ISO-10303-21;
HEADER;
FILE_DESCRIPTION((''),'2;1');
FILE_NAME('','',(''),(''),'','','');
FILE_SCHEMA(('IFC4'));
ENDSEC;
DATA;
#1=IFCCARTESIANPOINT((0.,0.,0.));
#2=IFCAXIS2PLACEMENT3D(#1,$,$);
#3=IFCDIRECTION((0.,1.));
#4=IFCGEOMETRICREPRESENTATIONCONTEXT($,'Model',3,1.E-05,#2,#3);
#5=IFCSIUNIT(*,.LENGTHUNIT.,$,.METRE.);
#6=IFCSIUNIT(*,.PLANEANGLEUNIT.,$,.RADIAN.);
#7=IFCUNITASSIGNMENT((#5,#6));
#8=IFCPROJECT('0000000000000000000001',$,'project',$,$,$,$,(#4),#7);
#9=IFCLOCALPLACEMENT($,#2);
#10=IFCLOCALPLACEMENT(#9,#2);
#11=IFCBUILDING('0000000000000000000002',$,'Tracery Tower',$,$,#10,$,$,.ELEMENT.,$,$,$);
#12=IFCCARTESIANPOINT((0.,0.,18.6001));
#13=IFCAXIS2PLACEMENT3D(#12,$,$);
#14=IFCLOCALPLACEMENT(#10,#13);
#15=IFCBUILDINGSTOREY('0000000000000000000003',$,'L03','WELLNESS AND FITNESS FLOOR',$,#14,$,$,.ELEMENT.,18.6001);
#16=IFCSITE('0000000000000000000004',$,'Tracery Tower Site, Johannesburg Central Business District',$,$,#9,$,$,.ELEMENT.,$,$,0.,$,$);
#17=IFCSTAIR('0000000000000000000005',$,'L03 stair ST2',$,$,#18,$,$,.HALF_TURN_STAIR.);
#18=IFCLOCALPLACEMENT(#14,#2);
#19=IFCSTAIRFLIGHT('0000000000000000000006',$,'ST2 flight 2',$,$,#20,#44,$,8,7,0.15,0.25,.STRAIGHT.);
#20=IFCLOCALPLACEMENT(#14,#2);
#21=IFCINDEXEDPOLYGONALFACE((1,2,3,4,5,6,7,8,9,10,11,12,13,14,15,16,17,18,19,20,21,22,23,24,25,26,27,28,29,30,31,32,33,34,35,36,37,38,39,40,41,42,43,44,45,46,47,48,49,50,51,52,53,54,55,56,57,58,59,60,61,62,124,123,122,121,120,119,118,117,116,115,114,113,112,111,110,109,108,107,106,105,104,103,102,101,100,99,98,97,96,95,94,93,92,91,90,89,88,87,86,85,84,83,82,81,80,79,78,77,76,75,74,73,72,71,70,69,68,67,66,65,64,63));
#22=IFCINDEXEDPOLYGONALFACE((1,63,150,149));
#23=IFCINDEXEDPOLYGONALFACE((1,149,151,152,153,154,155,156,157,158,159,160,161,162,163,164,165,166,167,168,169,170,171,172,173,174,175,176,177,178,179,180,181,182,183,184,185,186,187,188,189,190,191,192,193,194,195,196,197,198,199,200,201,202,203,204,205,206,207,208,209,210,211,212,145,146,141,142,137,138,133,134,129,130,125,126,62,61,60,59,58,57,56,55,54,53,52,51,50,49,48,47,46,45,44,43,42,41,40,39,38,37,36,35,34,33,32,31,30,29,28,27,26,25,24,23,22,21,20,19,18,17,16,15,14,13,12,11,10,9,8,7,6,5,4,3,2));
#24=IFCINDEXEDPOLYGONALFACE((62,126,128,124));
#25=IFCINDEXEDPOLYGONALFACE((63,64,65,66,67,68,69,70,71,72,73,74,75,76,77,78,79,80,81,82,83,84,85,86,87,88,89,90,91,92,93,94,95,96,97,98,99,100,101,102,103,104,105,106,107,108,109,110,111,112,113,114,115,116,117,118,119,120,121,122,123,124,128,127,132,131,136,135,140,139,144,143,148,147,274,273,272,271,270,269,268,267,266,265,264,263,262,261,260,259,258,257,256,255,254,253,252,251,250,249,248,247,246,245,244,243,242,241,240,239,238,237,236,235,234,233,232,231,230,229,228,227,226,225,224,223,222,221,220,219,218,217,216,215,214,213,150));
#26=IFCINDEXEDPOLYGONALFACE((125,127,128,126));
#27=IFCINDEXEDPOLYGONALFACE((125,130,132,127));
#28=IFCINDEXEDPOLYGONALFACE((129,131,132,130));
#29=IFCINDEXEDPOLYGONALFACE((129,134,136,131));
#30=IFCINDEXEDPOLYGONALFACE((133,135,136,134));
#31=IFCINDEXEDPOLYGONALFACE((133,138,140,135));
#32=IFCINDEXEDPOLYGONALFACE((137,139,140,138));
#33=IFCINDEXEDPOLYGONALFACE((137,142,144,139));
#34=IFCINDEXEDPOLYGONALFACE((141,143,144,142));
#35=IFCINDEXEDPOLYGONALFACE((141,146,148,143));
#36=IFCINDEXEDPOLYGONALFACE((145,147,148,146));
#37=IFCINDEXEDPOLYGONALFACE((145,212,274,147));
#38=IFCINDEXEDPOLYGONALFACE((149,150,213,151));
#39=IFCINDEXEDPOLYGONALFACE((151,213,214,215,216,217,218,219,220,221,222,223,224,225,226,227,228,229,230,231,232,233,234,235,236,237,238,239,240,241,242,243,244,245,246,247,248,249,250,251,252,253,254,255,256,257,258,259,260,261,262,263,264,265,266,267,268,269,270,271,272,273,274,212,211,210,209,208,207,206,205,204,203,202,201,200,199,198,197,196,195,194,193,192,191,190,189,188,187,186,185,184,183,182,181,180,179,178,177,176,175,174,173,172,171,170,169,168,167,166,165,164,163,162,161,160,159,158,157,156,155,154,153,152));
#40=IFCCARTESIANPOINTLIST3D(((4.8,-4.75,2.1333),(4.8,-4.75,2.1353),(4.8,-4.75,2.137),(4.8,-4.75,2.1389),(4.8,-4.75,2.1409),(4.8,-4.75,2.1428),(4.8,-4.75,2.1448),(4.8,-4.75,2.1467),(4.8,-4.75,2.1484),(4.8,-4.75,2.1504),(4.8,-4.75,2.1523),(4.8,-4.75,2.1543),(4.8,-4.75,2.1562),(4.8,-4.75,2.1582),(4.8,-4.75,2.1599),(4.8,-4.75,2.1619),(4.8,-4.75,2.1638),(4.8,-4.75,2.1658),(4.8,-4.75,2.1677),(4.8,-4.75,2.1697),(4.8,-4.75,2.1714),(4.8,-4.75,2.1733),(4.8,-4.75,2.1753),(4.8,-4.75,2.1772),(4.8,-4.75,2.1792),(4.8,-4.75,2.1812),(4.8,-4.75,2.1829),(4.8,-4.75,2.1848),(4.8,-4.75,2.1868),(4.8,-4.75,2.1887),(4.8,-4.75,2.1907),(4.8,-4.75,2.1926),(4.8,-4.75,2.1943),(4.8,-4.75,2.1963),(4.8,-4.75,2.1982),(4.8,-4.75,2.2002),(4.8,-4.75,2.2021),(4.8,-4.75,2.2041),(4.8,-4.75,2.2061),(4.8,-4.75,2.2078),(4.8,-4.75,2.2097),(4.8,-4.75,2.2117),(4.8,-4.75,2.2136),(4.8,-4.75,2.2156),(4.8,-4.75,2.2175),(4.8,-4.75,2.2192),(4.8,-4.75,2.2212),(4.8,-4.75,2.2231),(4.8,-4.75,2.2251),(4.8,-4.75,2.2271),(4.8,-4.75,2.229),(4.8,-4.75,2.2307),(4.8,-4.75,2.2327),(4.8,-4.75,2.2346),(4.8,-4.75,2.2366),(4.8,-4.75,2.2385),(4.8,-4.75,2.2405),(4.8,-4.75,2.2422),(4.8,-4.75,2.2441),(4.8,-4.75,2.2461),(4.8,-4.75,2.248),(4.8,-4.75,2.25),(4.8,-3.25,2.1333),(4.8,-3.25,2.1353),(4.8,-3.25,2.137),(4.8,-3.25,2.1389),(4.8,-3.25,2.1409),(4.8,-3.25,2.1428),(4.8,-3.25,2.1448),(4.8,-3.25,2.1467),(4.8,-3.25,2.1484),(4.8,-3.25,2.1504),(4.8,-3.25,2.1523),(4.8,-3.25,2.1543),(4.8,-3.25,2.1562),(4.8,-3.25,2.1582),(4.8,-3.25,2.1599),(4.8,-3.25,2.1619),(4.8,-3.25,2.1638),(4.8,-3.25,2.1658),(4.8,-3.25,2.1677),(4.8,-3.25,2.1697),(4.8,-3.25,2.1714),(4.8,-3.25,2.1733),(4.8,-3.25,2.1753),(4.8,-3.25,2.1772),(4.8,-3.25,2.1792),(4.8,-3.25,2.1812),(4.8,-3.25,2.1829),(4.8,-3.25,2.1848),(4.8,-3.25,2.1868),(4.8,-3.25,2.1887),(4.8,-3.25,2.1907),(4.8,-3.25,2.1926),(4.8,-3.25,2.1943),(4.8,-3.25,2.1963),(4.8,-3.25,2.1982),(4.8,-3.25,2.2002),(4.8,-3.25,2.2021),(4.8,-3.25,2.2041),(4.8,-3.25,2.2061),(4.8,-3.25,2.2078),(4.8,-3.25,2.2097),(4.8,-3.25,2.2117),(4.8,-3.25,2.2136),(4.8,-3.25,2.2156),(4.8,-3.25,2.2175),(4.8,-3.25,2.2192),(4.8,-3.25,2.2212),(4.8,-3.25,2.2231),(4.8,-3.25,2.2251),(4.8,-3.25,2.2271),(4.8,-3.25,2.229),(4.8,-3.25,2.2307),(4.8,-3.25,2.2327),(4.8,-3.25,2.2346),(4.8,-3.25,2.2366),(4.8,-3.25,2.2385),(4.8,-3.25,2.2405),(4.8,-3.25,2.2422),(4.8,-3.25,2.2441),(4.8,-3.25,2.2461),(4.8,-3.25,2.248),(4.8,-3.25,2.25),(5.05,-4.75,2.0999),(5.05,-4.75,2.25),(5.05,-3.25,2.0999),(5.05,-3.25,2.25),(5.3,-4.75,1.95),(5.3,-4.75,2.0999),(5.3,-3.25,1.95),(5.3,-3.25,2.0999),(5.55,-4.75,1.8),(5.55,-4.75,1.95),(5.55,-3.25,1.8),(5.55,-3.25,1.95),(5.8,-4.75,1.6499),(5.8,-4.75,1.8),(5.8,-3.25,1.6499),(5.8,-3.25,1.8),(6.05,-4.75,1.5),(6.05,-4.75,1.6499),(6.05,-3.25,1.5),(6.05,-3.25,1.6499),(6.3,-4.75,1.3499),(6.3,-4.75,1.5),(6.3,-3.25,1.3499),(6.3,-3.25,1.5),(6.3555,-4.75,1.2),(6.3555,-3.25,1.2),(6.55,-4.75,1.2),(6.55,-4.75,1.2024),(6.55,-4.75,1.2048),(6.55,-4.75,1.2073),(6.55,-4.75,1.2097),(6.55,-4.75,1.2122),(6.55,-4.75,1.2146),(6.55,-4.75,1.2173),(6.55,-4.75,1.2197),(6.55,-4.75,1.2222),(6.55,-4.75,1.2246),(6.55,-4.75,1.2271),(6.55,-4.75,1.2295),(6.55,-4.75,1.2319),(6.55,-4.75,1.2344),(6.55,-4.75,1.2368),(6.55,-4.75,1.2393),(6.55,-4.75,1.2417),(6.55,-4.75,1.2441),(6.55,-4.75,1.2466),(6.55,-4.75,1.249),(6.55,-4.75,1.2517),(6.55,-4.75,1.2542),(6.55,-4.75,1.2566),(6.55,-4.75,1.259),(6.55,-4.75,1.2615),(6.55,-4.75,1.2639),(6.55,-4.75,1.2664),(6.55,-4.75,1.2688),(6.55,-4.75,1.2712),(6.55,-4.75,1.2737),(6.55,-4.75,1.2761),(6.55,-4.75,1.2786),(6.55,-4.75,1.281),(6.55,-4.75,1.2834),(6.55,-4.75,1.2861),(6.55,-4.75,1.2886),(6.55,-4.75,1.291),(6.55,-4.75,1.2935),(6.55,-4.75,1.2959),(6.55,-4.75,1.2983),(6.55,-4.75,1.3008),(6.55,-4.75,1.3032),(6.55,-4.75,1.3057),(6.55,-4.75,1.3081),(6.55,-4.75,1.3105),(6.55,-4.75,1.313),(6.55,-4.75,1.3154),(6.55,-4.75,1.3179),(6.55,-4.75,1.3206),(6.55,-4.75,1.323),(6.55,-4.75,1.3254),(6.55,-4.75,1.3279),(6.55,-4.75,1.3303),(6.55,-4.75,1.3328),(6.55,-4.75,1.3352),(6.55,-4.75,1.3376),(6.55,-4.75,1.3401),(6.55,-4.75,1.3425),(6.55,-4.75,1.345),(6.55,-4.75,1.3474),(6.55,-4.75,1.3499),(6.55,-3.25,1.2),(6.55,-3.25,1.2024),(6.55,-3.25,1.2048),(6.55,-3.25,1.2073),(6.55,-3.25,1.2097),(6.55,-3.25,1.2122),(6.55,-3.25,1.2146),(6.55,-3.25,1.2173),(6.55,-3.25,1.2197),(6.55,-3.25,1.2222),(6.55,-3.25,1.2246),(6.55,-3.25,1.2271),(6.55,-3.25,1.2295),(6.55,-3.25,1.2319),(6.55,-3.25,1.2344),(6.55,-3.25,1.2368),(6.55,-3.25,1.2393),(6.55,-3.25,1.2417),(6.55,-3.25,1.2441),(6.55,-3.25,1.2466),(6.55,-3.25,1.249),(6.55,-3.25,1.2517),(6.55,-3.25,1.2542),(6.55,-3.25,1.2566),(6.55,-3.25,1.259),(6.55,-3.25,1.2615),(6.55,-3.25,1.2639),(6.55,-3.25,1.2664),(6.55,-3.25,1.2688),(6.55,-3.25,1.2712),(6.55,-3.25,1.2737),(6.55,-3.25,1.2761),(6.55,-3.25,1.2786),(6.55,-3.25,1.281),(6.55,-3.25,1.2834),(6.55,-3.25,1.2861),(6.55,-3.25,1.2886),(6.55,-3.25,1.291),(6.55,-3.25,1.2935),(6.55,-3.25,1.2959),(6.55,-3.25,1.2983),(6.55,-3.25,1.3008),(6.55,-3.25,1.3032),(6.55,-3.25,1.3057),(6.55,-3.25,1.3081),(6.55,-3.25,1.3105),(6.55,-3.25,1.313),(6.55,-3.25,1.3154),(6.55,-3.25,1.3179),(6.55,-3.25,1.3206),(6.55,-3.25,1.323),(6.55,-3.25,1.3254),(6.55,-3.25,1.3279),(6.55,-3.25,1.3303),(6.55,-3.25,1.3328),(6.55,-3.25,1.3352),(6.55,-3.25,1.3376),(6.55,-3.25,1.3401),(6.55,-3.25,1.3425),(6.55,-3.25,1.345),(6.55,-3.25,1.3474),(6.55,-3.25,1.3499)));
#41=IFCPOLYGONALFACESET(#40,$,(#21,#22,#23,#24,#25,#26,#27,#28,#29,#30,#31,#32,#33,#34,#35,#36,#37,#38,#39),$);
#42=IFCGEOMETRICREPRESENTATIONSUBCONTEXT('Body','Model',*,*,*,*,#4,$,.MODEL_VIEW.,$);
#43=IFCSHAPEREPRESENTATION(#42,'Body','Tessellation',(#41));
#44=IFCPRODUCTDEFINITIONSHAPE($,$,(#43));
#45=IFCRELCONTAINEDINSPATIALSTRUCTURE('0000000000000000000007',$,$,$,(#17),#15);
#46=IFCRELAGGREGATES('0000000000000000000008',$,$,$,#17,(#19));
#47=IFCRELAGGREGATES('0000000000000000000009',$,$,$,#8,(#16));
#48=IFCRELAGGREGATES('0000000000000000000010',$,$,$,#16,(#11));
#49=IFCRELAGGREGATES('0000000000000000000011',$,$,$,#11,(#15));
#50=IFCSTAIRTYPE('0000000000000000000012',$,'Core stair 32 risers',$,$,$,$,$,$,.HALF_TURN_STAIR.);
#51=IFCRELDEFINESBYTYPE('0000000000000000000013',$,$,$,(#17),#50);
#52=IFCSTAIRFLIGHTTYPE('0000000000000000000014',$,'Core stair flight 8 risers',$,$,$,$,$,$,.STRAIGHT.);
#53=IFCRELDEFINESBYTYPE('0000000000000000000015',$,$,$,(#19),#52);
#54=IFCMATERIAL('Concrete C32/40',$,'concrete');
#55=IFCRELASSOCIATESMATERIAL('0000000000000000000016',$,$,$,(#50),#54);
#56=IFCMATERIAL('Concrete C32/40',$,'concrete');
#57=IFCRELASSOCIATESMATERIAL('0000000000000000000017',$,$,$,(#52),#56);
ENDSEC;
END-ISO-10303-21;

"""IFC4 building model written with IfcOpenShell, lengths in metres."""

from ifc_helpers import new_model, si_unit, direction, frame, origin, place, context, subcontext, project, spatial, polyline, outline, extrude, material, type_object, element, aggregate, save


model = new_model("IFC4")

# Units and contexts
model_context = context("Model", 3, precision=1e-05, world=origin(), true_north=direction((0.0, 1.0)))
body_context = subcontext(model_context, "Body", "Model", "MODEL_VIEW")
ifc_project = project(units=[si_unit("LENGTHUNIT", "METRE"), si_unit("PLANEANGLEUNIT", "RADIAN")], contexts=[model_context])

# Site, building, storey
site_placement = place(None, origin())
site = spatial("IfcSite", under=ifc_project, at=site_placement, Name="Tracery Tower Site, Johannesburg Central Business District", CompositionType="ELEMENT", RefElevation=0.0)
building_placement = place(site_placement, origin())
building = spatial("IfcBuilding", under=site, at=building_placement, Name="Tracery Tower", CompositionType="ELEMENT")
storey_placement = place(building_placement, frame((0.0, 0.0, 18.6001)))
storey = spatial("IfcBuildingStorey", under=building, at=storey_placement, Name="L03", Description="WELLNESS AND FITNESS FLOOR", CompositionType="ELEMENT", Elevation=18.6001)

# Stair, stair flight
ifc_material_1 = material(Name="Concrete C32/40", Category="concrete")
stair_type = type_object("IfcStairType", Name="Core stair 32 risers", PredefinedType="HALF_TURN_STAIR", material=ifc_material_1)
stair_placement = place(storey_placement, origin())
stair = element("IfcStair", 1, at=stair_placement, inside=storey, type_object=stair_type, Name="L03 stair ST2", PredefinedType="HALF_TURN_STAIR")
ifc_material_2 = material(Name="Concrete C32/40", Category="concrete")
stair_flight_type = type_object("IfcStairFlightType", Name="Core stair flight 8 risers", PredefinedType="STRAIGHT", material=ifc_material_2)
stair_flight_1_placement = place(storey_placement, frame((6.55, -4.0, 1.2), z_axis=(0.0, 0.0, 1.0), x_axis=(-1.0, 0.0, 0.0)))
stair_flight_1 = element("IfcStairFlight", 2, at=stair_flight_1_placement, type_object=stair_flight_type, Name="ST2 flight 2", NumberOfRisers=8, NumberOfTreads=7, PredefinedType="STRAIGHT", RiserHeight=0.15, TreadLength=0.25, context=body_context, shape_type="SweptSolid", body=[
    extrude(outline(polyline([(0.0, 0.0), (0.0, 0.0024), (0.0, 0.0049), (0.0, 0.0073), (0.0, 0.0098), (0.0, 0.0122), (0.0, 0.0146), (0.0, 0.0173), (0.0, 0.0198), (0.0, 0.0222), (0.0, 0.0247), (0.0, 0.0271), (0.0, 0.0295), (0.0, 0.032), (0.0, 0.0344), (0.0, 0.0369), (0.0, 0.0393), (0.0, 0.0417), (0.0, 0.0442), (0.0, 0.0466), (0.0, 0.0491), (0.0, 0.0518), (0.0, 0.0542), (0.0, 0.0566), (0.0, 0.0591), (0.0, 0.0615), (0.0, 0.064), (0.0, 0.0664), (0.0, 0.0688), (0.0, 0.0713), (0.0, 0.0737), (0.0, 0.0762), (0.0, 0.0786), (0.0, 0.0811), (0.0, 0.0835), (0.0, 0.0862), (0.0, 0.0886), (0.0, 0.0911), (0.0, 0.0935), (0.0, 0.0959), (0.0, 0.0984), (0.0, 0.1008), (0.0, 0.1033), (0.0, 0.1057), (0.0, 0.1082), (0.0, 0.1106), (0.0, 0.113), (0.0, 0.1155), (0.0, 0.1179), (0.0, 0.1206), (0.0, 0.123), (0.0, 0.1255), (0.0, 0.1279), (0.0, 0.1304), (0.0, 0.1328), (0.0, 0.1353), (0.0, 0.1377), (0.0, 0.1401), (0.0, 0.1426), (0.0, 0.145), (0.0, 0.1475), (0.0, 0.1499), (0.25, 0.1499), (0.25, 0.3), (0.5, 0.3), (0.5, 0.45), (0.75, 0.45), (0.75, 0.6001), (1.0, 0.6001), (1.0, 0.75), (1.25, 0.75), (1.25, 0.8999), (1.5, 0.8999), (1.5, 1.05), (1.75, 1.05), (1.75, 1.0481), (1.75, 1.0461), (1.75, 1.0442), (1.75, 1.0422), (1.75, 1.0405), (1.75, 1.0386), (1.75, 1.0366), (1.75, 1.0347), (1.75, 1.0327), (1.75, 1.0308), (1.75, 1.0291), (1.75, 1.0271), (1.75, 1.0251), (1.75, 1.0232), (1.75, 1.0212), (1.75, 1.0193), (1.75, 1.0176), (1.75, 1.0156), (1.75, 1.0137), (1.75, 1.0117), (1.75, 1.0098), (1.75, 1.0078), (1.75, 1.0061), (1.75, 1.0042), (1.75, 1.0022), (1.75, 1.0002), (1.75, 0.9983), (1.75, 0.9963), (1.75, 0.9944), (1.75, 0.9927), (1.75, 0.9907), (1.75, 0.9888), (1.75, 0.9868), (1.75, 0.9849), (1.75, 0.9829), (1.75, 0.9812), (1.75, 0.9792), (1.75, 0.9773), (1.75, 0.9753), (1.75, 0.9734), (1.75, 0.9714), (1.75, 0.9697), (1.75, 0.9678), (1.75, 0.9658), (1.75, 0.9639), (1.75, 0.9619), (1.75, 0.96), (1.75, 0.9583), (1.75, 0.9563), (1.75, 0.9543), (1.75, 0.9524), (1.75, 0.9504), (1.75, 0.9485), (1.75, 0.9468), (1.75, 0.9448), (1.75, 0.9429), (1.75, 0.9409), (1.75, 0.939), (1.75, 0.937), (1.75, 0.9353), (1.75, 0.9333), (0.1946, 0.0), (0.0, 0.0)])), frame((0.0, 0.75, 0.0), z_axis=(0.0, -1.0, 0.0), x_axis=(1.0, 0.0, 0.0)), (0.0, 0.0, 1.0), 1.5),
])
aggregate(stair, [stair_flight_1])

save(model, "model.ifc")
